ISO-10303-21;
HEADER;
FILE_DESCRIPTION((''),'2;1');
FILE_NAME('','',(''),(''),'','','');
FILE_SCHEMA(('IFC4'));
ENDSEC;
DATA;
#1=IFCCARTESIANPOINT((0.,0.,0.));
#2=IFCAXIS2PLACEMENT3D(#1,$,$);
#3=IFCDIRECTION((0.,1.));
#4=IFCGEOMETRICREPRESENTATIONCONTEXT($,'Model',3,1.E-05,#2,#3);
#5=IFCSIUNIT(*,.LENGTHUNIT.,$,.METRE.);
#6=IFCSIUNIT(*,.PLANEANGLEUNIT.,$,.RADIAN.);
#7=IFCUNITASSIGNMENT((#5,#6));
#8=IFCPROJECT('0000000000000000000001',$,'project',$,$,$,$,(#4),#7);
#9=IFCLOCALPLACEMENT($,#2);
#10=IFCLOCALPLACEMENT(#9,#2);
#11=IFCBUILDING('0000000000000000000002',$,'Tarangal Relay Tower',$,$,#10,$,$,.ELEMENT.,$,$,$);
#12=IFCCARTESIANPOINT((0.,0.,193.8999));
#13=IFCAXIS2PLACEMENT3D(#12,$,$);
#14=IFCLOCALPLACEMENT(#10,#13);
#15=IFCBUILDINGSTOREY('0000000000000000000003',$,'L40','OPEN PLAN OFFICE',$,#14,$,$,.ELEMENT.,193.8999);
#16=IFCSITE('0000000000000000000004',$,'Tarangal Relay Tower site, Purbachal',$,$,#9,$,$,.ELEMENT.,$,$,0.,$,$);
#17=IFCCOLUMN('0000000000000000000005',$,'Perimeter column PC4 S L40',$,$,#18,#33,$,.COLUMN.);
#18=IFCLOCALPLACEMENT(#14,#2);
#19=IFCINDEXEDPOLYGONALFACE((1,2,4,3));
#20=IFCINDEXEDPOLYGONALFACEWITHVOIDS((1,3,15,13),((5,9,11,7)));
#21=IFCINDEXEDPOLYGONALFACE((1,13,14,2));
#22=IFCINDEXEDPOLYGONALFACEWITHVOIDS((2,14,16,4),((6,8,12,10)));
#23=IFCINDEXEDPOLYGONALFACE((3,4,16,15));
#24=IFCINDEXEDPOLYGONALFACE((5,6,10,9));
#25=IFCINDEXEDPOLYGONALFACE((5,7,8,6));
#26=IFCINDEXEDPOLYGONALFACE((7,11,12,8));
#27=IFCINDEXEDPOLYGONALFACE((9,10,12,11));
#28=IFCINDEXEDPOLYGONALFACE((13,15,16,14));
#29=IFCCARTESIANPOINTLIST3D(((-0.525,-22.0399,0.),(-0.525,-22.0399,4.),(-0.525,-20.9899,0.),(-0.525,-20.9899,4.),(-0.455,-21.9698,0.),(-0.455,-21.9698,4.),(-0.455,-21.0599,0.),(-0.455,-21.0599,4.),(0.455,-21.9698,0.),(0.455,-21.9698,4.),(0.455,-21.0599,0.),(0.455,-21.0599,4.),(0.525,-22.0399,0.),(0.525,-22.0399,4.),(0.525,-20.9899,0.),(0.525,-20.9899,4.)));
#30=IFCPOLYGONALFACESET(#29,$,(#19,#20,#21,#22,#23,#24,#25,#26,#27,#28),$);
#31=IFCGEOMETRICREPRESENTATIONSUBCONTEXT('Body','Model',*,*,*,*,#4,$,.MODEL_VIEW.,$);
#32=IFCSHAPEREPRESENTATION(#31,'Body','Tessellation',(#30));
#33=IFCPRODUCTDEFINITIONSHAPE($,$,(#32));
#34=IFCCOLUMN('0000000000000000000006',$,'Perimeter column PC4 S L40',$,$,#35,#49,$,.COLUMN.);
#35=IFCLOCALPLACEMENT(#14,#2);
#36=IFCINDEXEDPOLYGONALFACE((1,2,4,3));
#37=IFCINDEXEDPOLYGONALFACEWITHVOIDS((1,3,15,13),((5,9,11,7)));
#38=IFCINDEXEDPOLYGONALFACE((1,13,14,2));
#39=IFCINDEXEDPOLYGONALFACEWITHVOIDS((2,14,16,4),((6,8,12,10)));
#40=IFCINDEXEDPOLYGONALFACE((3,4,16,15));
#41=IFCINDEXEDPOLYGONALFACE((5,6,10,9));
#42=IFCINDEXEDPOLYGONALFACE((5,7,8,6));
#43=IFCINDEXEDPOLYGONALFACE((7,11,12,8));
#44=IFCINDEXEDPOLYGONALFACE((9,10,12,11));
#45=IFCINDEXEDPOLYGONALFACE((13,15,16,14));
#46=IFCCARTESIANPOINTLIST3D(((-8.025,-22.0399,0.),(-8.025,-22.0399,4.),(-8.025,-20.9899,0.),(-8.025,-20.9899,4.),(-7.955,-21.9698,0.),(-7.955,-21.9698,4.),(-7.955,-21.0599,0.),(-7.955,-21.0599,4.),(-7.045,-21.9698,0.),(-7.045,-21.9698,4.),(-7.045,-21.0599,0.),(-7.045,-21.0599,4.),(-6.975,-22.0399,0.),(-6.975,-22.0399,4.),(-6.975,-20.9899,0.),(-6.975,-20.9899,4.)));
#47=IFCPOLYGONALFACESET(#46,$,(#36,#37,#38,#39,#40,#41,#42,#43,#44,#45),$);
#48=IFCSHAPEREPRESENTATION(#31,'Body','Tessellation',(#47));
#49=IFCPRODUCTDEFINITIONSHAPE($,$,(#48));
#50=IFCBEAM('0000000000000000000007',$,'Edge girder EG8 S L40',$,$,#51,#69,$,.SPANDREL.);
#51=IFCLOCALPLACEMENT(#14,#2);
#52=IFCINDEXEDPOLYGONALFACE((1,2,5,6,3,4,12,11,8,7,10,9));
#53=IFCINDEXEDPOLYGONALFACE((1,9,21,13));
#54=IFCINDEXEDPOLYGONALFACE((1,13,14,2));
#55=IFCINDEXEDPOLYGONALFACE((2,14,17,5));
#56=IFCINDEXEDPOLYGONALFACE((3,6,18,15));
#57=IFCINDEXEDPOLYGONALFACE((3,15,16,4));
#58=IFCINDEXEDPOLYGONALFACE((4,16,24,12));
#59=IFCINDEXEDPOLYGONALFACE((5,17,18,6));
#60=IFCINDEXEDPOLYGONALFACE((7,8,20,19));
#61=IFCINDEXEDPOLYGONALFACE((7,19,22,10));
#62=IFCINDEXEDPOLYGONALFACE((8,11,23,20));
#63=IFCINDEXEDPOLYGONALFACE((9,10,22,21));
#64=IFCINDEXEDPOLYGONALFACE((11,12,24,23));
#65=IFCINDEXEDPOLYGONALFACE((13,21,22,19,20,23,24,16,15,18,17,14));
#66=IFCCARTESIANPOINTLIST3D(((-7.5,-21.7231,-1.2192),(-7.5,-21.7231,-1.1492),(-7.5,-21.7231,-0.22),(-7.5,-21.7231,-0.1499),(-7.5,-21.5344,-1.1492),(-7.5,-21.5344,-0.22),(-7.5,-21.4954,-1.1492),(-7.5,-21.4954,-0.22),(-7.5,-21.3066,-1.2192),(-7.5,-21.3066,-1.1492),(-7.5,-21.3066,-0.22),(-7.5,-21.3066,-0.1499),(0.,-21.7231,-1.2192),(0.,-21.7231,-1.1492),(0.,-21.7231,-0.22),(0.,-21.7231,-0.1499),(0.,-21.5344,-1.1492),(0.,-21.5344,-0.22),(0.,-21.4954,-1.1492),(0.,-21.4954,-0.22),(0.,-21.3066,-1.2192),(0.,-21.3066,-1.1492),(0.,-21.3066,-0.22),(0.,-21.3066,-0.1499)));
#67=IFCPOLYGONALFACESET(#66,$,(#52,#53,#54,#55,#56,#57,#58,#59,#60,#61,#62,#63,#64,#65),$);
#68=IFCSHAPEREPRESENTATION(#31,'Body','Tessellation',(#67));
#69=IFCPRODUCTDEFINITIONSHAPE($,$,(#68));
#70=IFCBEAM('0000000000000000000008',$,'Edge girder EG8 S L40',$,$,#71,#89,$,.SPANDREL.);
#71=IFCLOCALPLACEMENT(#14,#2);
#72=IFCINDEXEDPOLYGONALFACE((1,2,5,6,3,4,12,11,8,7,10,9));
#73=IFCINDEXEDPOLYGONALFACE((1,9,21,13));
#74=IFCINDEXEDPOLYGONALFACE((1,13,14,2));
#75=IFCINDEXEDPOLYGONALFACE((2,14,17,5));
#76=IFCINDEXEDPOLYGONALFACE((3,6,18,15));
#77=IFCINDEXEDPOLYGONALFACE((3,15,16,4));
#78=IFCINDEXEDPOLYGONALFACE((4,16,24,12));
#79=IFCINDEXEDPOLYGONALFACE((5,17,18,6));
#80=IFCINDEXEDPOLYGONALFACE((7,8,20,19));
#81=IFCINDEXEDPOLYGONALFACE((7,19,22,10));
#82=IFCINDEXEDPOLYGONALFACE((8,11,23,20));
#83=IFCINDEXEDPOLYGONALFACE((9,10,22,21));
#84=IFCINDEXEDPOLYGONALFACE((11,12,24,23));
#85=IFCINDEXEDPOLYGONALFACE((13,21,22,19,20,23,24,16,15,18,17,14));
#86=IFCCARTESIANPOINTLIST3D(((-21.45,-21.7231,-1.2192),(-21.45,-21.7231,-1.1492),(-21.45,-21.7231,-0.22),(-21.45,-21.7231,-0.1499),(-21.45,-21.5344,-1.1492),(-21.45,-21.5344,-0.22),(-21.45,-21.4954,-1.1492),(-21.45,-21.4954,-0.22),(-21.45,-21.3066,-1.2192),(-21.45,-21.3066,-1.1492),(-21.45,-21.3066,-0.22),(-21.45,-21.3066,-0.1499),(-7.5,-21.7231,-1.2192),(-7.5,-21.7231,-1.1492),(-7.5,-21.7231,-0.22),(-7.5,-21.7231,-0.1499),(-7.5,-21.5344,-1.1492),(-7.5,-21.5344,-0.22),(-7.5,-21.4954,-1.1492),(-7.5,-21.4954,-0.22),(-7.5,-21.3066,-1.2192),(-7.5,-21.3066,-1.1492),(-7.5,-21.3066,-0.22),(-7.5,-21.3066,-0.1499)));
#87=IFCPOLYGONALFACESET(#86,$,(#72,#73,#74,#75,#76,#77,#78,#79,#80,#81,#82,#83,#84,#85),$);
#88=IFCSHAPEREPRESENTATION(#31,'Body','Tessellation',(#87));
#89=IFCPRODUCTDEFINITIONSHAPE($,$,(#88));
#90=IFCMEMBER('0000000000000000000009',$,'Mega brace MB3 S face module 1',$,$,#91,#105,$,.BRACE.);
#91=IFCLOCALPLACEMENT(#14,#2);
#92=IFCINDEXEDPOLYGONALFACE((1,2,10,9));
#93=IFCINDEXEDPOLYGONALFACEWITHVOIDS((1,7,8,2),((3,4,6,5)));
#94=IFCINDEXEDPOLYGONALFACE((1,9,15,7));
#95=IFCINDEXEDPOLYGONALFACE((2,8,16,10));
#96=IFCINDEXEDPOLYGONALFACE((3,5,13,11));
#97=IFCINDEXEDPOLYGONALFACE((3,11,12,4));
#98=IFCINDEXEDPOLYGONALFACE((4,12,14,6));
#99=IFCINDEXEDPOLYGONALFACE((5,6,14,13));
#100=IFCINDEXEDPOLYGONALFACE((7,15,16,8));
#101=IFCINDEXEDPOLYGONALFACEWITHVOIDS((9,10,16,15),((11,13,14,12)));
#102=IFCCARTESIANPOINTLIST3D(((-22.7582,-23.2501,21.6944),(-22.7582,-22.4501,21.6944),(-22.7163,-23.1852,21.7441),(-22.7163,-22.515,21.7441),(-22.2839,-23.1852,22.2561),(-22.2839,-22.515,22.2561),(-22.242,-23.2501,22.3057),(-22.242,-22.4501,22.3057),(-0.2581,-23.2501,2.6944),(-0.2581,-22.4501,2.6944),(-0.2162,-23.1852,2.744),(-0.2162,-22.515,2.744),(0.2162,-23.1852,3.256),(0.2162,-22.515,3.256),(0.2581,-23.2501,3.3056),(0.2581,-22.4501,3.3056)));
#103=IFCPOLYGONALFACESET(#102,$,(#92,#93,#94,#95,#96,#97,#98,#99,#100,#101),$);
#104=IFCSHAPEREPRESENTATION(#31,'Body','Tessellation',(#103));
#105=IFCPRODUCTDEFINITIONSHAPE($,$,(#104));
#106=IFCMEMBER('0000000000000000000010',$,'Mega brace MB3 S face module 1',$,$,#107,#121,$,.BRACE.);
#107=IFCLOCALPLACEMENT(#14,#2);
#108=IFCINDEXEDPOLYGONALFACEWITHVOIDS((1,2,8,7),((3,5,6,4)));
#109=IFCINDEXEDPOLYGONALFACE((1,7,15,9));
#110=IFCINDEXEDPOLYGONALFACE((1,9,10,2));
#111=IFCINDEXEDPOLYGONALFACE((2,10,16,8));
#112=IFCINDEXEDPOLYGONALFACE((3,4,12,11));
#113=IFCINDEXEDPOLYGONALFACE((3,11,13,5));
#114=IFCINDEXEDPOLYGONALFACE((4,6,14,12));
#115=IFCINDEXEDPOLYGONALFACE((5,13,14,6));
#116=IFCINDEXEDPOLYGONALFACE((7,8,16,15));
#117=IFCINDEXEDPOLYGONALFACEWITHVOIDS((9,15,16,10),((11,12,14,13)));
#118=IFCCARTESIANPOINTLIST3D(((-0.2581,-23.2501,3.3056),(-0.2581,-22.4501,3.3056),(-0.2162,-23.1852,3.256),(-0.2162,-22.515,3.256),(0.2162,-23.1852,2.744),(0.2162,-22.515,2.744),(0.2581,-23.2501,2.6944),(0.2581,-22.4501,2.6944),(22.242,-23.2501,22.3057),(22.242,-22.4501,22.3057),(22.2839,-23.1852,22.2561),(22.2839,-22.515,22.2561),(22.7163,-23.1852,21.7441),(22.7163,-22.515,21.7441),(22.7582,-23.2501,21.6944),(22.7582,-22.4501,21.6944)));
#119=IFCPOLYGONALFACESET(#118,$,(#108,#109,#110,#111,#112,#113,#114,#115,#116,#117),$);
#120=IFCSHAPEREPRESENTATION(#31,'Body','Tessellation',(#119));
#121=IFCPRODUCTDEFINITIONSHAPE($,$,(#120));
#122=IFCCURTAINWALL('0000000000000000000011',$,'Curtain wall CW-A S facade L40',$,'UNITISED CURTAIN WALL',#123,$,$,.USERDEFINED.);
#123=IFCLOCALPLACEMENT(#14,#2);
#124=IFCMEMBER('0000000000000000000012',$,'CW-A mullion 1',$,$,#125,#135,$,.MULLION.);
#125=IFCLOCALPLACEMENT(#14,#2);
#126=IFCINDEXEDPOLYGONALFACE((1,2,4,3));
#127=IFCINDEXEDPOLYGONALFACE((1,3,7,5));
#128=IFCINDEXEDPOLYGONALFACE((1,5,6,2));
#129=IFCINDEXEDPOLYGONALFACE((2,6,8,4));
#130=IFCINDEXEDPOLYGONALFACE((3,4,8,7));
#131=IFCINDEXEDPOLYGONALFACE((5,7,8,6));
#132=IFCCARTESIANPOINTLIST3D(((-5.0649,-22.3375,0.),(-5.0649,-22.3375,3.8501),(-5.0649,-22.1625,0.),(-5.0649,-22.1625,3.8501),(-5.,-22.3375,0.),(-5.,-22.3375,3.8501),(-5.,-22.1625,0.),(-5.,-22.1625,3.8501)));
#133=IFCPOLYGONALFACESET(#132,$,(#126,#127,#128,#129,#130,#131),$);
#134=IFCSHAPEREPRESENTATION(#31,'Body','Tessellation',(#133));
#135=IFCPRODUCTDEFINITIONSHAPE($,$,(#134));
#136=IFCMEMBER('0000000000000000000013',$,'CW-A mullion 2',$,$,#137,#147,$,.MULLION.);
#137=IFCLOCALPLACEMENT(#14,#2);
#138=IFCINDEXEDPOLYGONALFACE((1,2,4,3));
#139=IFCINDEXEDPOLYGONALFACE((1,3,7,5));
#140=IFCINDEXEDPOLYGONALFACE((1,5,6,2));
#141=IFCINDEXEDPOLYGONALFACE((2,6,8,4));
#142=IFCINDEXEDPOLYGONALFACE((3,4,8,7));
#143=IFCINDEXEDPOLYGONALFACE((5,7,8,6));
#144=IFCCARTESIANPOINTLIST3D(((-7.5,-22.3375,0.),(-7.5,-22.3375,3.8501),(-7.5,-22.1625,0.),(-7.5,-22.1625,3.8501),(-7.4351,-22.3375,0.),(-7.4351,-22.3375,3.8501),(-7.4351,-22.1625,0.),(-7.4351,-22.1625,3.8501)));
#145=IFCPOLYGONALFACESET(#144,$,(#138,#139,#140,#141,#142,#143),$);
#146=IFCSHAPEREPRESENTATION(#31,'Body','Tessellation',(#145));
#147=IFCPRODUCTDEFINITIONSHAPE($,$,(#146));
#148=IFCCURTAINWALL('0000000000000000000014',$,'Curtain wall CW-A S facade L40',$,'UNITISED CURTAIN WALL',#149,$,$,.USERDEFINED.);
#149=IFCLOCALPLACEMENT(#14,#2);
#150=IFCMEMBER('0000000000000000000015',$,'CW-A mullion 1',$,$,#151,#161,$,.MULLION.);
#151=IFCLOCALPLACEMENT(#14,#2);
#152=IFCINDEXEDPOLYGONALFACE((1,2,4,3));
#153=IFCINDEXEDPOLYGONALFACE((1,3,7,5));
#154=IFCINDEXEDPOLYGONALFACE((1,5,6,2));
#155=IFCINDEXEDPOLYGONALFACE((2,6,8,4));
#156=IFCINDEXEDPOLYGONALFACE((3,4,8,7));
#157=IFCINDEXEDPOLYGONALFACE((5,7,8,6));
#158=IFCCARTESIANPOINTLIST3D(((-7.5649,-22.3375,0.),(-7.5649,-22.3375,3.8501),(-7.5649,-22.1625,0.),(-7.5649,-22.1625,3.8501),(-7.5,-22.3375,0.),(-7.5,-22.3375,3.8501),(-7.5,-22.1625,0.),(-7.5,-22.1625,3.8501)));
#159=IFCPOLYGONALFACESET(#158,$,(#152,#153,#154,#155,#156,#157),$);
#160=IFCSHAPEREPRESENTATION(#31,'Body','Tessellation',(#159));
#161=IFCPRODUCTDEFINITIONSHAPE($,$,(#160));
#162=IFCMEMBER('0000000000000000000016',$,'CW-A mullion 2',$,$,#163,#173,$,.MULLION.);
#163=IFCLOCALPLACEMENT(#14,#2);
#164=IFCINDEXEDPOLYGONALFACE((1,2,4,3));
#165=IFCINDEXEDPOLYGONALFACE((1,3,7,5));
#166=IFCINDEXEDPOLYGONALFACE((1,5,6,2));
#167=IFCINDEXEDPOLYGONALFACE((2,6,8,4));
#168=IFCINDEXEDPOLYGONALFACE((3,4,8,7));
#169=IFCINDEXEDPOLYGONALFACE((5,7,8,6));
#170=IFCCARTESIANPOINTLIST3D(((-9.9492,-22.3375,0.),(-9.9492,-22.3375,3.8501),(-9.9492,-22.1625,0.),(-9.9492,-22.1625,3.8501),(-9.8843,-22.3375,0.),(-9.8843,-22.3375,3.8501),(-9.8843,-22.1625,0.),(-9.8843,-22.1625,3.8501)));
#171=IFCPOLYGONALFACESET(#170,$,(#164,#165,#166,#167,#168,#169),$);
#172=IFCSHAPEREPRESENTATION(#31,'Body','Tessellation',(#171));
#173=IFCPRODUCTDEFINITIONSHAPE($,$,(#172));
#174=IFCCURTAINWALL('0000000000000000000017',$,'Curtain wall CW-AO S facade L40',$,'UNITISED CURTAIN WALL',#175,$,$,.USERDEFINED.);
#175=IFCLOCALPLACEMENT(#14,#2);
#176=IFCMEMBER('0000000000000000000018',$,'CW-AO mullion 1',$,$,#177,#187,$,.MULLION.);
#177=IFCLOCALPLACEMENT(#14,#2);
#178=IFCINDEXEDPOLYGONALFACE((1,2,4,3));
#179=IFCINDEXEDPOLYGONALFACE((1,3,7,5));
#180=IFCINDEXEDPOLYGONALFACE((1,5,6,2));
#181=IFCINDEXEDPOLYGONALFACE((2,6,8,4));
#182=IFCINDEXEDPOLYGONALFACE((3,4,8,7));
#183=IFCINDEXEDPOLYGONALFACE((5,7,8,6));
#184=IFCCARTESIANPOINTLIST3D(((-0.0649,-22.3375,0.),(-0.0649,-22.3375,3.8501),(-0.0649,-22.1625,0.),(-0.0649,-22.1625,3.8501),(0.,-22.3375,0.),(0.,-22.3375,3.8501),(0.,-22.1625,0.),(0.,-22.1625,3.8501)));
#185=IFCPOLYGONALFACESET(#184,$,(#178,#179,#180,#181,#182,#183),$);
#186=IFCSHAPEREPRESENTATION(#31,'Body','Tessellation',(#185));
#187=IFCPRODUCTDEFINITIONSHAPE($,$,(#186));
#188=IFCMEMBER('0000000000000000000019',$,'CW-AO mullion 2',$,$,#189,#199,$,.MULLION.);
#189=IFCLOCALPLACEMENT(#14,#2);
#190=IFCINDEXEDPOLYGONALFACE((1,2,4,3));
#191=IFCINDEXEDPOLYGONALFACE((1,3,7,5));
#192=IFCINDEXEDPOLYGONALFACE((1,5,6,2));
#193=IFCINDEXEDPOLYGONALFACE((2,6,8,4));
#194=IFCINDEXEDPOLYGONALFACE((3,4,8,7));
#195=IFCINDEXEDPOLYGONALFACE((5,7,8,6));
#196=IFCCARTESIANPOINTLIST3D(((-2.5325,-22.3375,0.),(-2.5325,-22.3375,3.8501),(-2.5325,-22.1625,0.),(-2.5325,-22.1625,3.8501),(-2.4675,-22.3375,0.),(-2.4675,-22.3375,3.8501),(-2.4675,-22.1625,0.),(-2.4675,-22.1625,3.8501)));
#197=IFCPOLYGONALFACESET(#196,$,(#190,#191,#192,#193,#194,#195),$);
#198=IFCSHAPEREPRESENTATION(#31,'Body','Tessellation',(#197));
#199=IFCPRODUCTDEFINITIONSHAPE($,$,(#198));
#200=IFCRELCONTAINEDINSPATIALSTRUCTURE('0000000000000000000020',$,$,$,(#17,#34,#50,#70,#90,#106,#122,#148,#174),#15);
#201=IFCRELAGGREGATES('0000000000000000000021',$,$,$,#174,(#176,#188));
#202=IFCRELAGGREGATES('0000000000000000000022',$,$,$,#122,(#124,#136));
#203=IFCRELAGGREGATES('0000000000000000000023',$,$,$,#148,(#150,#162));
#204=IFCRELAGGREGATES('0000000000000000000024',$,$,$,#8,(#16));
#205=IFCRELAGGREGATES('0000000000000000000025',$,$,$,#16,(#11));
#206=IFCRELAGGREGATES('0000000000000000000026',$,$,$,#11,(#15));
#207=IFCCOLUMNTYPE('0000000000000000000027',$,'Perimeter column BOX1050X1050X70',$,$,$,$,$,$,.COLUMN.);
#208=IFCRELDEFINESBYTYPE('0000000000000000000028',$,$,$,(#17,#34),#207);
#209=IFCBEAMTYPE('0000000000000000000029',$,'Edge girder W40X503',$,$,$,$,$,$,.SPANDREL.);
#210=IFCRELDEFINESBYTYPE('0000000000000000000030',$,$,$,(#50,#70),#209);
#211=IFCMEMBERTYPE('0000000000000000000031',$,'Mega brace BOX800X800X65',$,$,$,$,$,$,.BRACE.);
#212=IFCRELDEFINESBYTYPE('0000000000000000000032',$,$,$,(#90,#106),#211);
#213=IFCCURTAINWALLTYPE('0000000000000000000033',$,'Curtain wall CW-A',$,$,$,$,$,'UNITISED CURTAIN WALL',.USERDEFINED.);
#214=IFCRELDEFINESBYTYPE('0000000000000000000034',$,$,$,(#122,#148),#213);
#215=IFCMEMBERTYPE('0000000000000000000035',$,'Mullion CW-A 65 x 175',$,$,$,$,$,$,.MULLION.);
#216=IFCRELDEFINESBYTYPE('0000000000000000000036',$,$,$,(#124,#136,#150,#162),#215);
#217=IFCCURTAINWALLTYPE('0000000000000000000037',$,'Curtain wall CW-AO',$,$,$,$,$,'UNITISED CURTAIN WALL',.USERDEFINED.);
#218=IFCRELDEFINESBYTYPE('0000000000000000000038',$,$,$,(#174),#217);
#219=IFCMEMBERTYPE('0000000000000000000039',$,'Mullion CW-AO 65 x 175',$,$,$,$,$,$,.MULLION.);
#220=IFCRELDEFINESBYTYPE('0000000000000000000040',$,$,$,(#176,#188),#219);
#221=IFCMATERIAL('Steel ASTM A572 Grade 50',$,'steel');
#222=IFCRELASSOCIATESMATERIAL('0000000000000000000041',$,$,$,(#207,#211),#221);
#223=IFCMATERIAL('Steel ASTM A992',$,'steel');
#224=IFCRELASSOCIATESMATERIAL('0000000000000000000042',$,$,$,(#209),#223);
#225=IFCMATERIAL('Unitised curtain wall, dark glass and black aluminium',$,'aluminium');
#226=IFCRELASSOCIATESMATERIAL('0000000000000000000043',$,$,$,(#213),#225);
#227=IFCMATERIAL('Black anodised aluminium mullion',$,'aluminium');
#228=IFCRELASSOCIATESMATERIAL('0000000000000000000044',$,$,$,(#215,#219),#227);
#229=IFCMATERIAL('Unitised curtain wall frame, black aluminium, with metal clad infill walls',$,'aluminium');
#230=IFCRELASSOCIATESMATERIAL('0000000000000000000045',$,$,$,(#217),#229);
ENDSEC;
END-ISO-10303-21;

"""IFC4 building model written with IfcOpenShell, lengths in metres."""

from ifc_helpers import new_model, si_unit, direction, frame, origin, origin_2d, place, context, subcontext, project, spatial, rectangle, hollow_rectangle, i_section, extrude, material, material_profile, profile_set, type_object, element, aggregate, save


model = new_model("IFC4")

# Units and contexts
model_context = context("Model", 3, precision=1e-05, world=origin(), true_north=direction((0.0, 1.0)))
body_context = subcontext(model_context, "Body", "Model", "MODEL_VIEW")
ifc_project = project(units=[si_unit("LENGTHUNIT", "METRE"), si_unit("PLANEANGLEUNIT", "RADIAN")], contexts=[model_context])

# Site, building, storey
site_placement = place(None, origin())
site = spatial("IfcSite", under=ifc_project, at=site_placement, Name="Tarangal Relay Tower site, Purbachal", CompositionType="ELEMENT", RefElevation=0.0)
building_placement = place(site_placement, origin())
building = spatial("IfcBuilding", under=site, at=building_placement, Name="Tarangal Relay Tower", CompositionType="ELEMENT")
storey_placement = place(building_placement, frame((0.0, 0.0, 193.8999)))
storey = spatial("IfcBuildingStorey", under=building, at=storey_placement, Name="L40", Description="OPEN PLAN OFFICE", CompositionType="ELEMENT", Elevation=193.8999)

# Columns
ifc_material_1 = material(Name="Steel ASTM A572 Grade 50", Category="steel")
ifc_material_profile_1 = material_profile(ifc_material_1, hollow_rectangle(XDim=1.05, YDim=1.05, WallThickness=0.0701, at=origin_2d()), Name="BOX1050X1050X70")
ifc_profile_set_1 = profile_set([ifc_material_profile_1], Name="Steel ASTM A572 Grade 50")
column_type = type_object("IfcColumnType", Name="Perimeter column BOX1050X1050X70", PredefinedType="COLUMN", material=ifc_profile_set_1)
for number, where, z_axis, x_axis, name in (
    (1, (0.0, -21.5149, 0.0), (0.0, 0.0, 1.0), (1.0, 0.0, 0.0), "Perimeter column PC4 S L40"),
    (2, (-7.5, -21.5149, 0.0), (0.0, 0.0, 1.0), (1.0, 0.0, 0.0), "Perimeter column PC4 S L40"),
):
    element("IfcColumn", number, at=place(storey_placement, frame(where, z_axis=z_axis, x_axis=x_axis)), inside=storey, type_object=column_type, Name=name, PredefinedType="COLUMN", context=body_context, shape_type="SweptSolid", body=[
        extrude(hollow_rectangle(XDim=1.05, YDim=1.05, WallThickness=0.0701, at=origin_2d()), origin(), (0.0, 0.0, 1.0), 4.0),
    ])

# Beams
ifc_material_2 = material(Name="Steel ASTM A992", Category="steel")
ifc_material_profile_2 = material_profile(ifc_material_2, i_section(OverallWidth=0.4165, OverallDepth=1.0693, WebThickness=0.0391, FlangeThickness=0.0701, at=origin_2d()), Name="W40X503")
ifc_profile_set_2 = profile_set([ifc_material_profile_2], Name="Steel ASTM A992")
beam_type = type_object("IfcBeamType", Name="Edge girder W40X503", PredefinedType="SPANDREL", material=ifc_profile_set_2)
beam_1_placement = place(storey_placement, frame((0.0, -21.5149, -0.6846), z_axis=(-1.0, 0.0, 0.0), x_axis=(0.0, -1.0, 0.0)))
element("IfcBeam", 3, at=beam_1_placement, inside=storey, type_object=beam_type, Name="Edge girder EG8 S L40", PredefinedType="SPANDREL", context=body_context, shape_type="SweptSolid", body=[
    extrude(i_section(OverallWidth=0.4165, OverallDepth=1.0693, WebThickness=0.0391, FlangeThickness=0.0701, at=origin_2d()), origin(), (0.0, 0.0, 1.0), 7.5),
])
beam_2_placement = place(storey_placement, frame((-7.5, -21.5149, -0.6846), z_axis=(-1.0, 0.0, 0.0), x_axis=(0.0, -1.0, 0.0)))
element("IfcBeam", 4, at=beam_2_placement, inside=storey, type_object=beam_type, Name="Edge girder EG8 S L40", PredefinedType="SPANDREL", context=body_context, shape_type="SweptSolid", body=[
    extrude(i_section(OverallWidth=0.4165, OverallDepth=1.0693, WebThickness=0.0391, FlangeThickness=0.0701, at=origin_2d()), origin(), (0.0, 0.0, 1.0), 13.95),
])

# Members
ifc_material_profile_3 = material_profile(ifc_material_1, hollow_rectangle(XDim=0.8, YDim=0.8, WallThickness=0.0649, at=origin_2d()), Name="BOX800X800X65")
ifc_profile_set_3 = profile_set([ifc_material_profile_3], Name="Steel ASTM A572 Grade 50")
member_type_1 = type_object("IfcMemberType", Name="Mega brace BOX800X800X65", PredefinedType="BRACE", material=ifc_profile_set_3)
for number, where, z_axis, x_axis, name in (
    (5, (0.0, -22.8501, 3.0), (-0.76403, 0.0, 0.645181), (0.0, -1.0, 0.0), "Mega brace MB3 S face module 1"),
    (6, (0.0, -22.8501, 3.0), (0.76403, 0.0, 0.645181), (0.0, 1.0, 0.0), "Mega brace MB3 S face module 1"),
):
    element("IfcMember", number, at=place(storey_placement, frame(where, z_axis=z_axis, x_axis=x_axis)), inside=storey, type_object=member_type_1, Name=name, PredefinedType="BRACE", context=body_context, shape_type="SweptSolid", body=[
        extrude(hollow_rectangle(XDim=0.8, YDim=0.8, WallThickness=0.0649, at=origin_2d()), origin(), (0.0, 0.0, 1.0), 29.4492),
    ])

# Curtain walls, members
ifc_material_3 = material(Name="Unitised curtain wall, dark glass and black aluminium", Category="aluminium")
curtain_wall_type_1 = type_object("IfcCurtainWallType", Name="Curtain wall CW-A", ElementType="UNITISED CURTAIN WALL", PredefinedType="USERDEFINED", material=ifc_material_3)
curtain_wall_1_placement = place(storey_placement, origin())
curtain_wall_1 = element("IfcCurtainWall", 7, at=curtain_wall_1_placement, inside=storey, type_object=curtain_wall_type_1, Name="Curtain wall CW-A S facade L40", ObjectType="UNITISED CURTAIN WALL", PredefinedType="USERDEFINED")
ifc_material_4 = material(Name="Black anodised aluminium mullion", Category="aluminium")
ifc_material_profile_4 = material_profile(ifc_material_4, rectangle(XDim=0.175, YDim=0.0649, at=origin_2d()), Name="CW-AM 65X175")
ifc_profile_set_4 = profile_set([ifc_material_profile_4], Name="Black anodised aluminium mullion")
member_type_2 = type_object("IfcMemberType", Name="Mullion CW-A 65 x 175", PredefinedType="MULLION", material=ifc_profile_set_4)
member_1_placement = place(storey_placement, frame((-5.0325, -22.25, 0.0), z_axis=(0.0, 0.0, 1.0), x_axis=(0.0, -1.0, 0.0)))
member_1 = element("IfcMember", 8, at=member_1_placement, type_object=member_type_2, Name="CW-A mullion 1", PredefinedType="MULLION", context=body_context, shape_type="SweptSolid", body=[
    extrude(rectangle(XDim=0.175, YDim=0.0649, at=origin_2d()), origin(), (0.0, 0.0, 1.0), 3.8501),
])
member_2_placement = place(storey_placement, frame((-7.4675, -22.25, 0.0), z_axis=(0.0, 0.0, 1.0), x_axis=(0.0, -1.0, 0.0)))
member_2 = element("IfcMember", 9, at=member_2_placement, type_object=member_type_2, Name="CW-A mullion 2", PredefinedType="MULLION", context=body_context, shape_type="SweptSolid", body=[
    extrude(rectangle(XDim=0.175, YDim=0.0649, at=origin_2d()), origin(), (0.0, 0.0, 1.0), 3.8501),
])
curtain_wall_2_placement = place(storey_placement, origin())
curtain_wall_2 = element("IfcCurtainWall", 10, at=curtain_wall_2_placement, inside=storey, type_object=curtain_wall_type_1, Name="Curtain wall CW-A S facade L40", ObjectType="UNITISED CURTAIN WALL", PredefinedType="USERDEFINED")
member_3_placement = place(storey_placement, frame((-7.5325, -22.25, 0.0), z_axis=(0.0, 0.0, 1.0), x_axis=(0.0, -1.0, 0.0)))
member_3 = element("IfcMember", 11, at=member_3_placement, type_object=member_type_2, Name="CW-A mullion 1", PredefinedType="MULLION", context=body_context, shape_type="SweptSolid", body=[
    extrude(rectangle(XDim=0.175, YDim=0.0649, at=origin_2d()), origin(), (0.0, 0.0, 1.0), 3.8501),
])
member_4_placement = place(storey_placement, frame((-9.9167, -22.25, 0.0), z_axis=(0.0, 0.0, 1.0), x_axis=(0.0, -1.0, 0.0)))
member_4 = element("IfcMember", 12, at=member_4_placement, type_object=member_type_2, Name="CW-A mullion 2", PredefinedType="MULLION", context=body_context, shape_type="SweptSolid", body=[
    extrude(rectangle(XDim=0.175, YDim=0.0649, at=origin_2d()), origin(), (0.0, 0.0, 1.0), 3.8501),
])
ifc_material_5 = material(Name="Unitised curtain wall frame, black aluminium, with metal clad infill walls", Category="aluminium")
curtain_wall_type_2 = type_object("IfcCurtainWallType", Name="Curtain wall CW-AO", ElementType="UNITISED CURTAIN WALL", PredefinedType="USERDEFINED", material=ifc_material_5)
curtain_wall_3_placement = place(storey_placement, origin())
curtain_wall_3 = element("IfcCurtainWall", 13, at=curtain_wall_3_placement, inside=storey, type_object=curtain_wall_type_2, Name="Curtain wall CW-AO S facade L40", ObjectType="UNITISED CURTAIN WALL", PredefinedType="USERDEFINED")
ifc_material_profile_5 = material_profile(ifc_material_4, rectangle(XDim=0.175, YDim=0.0649, at=origin_2d()), Name="CW-AOM 65X175")
ifc_profile_set_5 = profile_set([ifc_material_profile_5], Name="Black anodised aluminium mullion")
member_type_3 = type_object("IfcMemberType", Name="Mullion CW-AO 65 x 175", PredefinedType="MULLION", material=ifc_profile_set_5)
member_5_placement = place(storey_placement, frame((-0.0325, -22.25, 0.0), z_axis=(0.0, 0.0, 1.0), x_axis=(0.0, -1.0, 0.0)))
member_5 = element("IfcMember", 14, at=member_5_placement, type_object=member_type_3, Name="CW-AO mullion 1", PredefinedType="MULLION", context=body_context, shape_type="SweptSolid", body=[
    extrude(rectangle(XDim=0.175, YDim=0.0649, at=origin_2d()), origin(), (0.0, 0.0, 1.0), 3.8501),
])
member_6_placement = place(storey_placement, frame((-2.5, -22.25, 0.0), z_axis=(0.0, 0.0, 1.0), x_axis=(0.0, -1.0, 0.0)))
member_6 = element("IfcMember", 15, at=member_6_placement, type_object=member_type_3, Name="CW-AO mullion 2", PredefinedType="MULLION", context=body_context, shape_type="SweptSolid", body=[
    extrude(rectangle(XDim=0.175, YDim=0.0649, at=origin_2d()), origin(), (0.0, 0.0, 1.0), 3.8501),
])

aggregate(curtain_wall_3, [member_5, member_6])

aggregate(curtain_wall_1, [member_1, member_2])
aggregate(curtain_wall_2, [member_3, member_4])

save(model, "model.ifc")
